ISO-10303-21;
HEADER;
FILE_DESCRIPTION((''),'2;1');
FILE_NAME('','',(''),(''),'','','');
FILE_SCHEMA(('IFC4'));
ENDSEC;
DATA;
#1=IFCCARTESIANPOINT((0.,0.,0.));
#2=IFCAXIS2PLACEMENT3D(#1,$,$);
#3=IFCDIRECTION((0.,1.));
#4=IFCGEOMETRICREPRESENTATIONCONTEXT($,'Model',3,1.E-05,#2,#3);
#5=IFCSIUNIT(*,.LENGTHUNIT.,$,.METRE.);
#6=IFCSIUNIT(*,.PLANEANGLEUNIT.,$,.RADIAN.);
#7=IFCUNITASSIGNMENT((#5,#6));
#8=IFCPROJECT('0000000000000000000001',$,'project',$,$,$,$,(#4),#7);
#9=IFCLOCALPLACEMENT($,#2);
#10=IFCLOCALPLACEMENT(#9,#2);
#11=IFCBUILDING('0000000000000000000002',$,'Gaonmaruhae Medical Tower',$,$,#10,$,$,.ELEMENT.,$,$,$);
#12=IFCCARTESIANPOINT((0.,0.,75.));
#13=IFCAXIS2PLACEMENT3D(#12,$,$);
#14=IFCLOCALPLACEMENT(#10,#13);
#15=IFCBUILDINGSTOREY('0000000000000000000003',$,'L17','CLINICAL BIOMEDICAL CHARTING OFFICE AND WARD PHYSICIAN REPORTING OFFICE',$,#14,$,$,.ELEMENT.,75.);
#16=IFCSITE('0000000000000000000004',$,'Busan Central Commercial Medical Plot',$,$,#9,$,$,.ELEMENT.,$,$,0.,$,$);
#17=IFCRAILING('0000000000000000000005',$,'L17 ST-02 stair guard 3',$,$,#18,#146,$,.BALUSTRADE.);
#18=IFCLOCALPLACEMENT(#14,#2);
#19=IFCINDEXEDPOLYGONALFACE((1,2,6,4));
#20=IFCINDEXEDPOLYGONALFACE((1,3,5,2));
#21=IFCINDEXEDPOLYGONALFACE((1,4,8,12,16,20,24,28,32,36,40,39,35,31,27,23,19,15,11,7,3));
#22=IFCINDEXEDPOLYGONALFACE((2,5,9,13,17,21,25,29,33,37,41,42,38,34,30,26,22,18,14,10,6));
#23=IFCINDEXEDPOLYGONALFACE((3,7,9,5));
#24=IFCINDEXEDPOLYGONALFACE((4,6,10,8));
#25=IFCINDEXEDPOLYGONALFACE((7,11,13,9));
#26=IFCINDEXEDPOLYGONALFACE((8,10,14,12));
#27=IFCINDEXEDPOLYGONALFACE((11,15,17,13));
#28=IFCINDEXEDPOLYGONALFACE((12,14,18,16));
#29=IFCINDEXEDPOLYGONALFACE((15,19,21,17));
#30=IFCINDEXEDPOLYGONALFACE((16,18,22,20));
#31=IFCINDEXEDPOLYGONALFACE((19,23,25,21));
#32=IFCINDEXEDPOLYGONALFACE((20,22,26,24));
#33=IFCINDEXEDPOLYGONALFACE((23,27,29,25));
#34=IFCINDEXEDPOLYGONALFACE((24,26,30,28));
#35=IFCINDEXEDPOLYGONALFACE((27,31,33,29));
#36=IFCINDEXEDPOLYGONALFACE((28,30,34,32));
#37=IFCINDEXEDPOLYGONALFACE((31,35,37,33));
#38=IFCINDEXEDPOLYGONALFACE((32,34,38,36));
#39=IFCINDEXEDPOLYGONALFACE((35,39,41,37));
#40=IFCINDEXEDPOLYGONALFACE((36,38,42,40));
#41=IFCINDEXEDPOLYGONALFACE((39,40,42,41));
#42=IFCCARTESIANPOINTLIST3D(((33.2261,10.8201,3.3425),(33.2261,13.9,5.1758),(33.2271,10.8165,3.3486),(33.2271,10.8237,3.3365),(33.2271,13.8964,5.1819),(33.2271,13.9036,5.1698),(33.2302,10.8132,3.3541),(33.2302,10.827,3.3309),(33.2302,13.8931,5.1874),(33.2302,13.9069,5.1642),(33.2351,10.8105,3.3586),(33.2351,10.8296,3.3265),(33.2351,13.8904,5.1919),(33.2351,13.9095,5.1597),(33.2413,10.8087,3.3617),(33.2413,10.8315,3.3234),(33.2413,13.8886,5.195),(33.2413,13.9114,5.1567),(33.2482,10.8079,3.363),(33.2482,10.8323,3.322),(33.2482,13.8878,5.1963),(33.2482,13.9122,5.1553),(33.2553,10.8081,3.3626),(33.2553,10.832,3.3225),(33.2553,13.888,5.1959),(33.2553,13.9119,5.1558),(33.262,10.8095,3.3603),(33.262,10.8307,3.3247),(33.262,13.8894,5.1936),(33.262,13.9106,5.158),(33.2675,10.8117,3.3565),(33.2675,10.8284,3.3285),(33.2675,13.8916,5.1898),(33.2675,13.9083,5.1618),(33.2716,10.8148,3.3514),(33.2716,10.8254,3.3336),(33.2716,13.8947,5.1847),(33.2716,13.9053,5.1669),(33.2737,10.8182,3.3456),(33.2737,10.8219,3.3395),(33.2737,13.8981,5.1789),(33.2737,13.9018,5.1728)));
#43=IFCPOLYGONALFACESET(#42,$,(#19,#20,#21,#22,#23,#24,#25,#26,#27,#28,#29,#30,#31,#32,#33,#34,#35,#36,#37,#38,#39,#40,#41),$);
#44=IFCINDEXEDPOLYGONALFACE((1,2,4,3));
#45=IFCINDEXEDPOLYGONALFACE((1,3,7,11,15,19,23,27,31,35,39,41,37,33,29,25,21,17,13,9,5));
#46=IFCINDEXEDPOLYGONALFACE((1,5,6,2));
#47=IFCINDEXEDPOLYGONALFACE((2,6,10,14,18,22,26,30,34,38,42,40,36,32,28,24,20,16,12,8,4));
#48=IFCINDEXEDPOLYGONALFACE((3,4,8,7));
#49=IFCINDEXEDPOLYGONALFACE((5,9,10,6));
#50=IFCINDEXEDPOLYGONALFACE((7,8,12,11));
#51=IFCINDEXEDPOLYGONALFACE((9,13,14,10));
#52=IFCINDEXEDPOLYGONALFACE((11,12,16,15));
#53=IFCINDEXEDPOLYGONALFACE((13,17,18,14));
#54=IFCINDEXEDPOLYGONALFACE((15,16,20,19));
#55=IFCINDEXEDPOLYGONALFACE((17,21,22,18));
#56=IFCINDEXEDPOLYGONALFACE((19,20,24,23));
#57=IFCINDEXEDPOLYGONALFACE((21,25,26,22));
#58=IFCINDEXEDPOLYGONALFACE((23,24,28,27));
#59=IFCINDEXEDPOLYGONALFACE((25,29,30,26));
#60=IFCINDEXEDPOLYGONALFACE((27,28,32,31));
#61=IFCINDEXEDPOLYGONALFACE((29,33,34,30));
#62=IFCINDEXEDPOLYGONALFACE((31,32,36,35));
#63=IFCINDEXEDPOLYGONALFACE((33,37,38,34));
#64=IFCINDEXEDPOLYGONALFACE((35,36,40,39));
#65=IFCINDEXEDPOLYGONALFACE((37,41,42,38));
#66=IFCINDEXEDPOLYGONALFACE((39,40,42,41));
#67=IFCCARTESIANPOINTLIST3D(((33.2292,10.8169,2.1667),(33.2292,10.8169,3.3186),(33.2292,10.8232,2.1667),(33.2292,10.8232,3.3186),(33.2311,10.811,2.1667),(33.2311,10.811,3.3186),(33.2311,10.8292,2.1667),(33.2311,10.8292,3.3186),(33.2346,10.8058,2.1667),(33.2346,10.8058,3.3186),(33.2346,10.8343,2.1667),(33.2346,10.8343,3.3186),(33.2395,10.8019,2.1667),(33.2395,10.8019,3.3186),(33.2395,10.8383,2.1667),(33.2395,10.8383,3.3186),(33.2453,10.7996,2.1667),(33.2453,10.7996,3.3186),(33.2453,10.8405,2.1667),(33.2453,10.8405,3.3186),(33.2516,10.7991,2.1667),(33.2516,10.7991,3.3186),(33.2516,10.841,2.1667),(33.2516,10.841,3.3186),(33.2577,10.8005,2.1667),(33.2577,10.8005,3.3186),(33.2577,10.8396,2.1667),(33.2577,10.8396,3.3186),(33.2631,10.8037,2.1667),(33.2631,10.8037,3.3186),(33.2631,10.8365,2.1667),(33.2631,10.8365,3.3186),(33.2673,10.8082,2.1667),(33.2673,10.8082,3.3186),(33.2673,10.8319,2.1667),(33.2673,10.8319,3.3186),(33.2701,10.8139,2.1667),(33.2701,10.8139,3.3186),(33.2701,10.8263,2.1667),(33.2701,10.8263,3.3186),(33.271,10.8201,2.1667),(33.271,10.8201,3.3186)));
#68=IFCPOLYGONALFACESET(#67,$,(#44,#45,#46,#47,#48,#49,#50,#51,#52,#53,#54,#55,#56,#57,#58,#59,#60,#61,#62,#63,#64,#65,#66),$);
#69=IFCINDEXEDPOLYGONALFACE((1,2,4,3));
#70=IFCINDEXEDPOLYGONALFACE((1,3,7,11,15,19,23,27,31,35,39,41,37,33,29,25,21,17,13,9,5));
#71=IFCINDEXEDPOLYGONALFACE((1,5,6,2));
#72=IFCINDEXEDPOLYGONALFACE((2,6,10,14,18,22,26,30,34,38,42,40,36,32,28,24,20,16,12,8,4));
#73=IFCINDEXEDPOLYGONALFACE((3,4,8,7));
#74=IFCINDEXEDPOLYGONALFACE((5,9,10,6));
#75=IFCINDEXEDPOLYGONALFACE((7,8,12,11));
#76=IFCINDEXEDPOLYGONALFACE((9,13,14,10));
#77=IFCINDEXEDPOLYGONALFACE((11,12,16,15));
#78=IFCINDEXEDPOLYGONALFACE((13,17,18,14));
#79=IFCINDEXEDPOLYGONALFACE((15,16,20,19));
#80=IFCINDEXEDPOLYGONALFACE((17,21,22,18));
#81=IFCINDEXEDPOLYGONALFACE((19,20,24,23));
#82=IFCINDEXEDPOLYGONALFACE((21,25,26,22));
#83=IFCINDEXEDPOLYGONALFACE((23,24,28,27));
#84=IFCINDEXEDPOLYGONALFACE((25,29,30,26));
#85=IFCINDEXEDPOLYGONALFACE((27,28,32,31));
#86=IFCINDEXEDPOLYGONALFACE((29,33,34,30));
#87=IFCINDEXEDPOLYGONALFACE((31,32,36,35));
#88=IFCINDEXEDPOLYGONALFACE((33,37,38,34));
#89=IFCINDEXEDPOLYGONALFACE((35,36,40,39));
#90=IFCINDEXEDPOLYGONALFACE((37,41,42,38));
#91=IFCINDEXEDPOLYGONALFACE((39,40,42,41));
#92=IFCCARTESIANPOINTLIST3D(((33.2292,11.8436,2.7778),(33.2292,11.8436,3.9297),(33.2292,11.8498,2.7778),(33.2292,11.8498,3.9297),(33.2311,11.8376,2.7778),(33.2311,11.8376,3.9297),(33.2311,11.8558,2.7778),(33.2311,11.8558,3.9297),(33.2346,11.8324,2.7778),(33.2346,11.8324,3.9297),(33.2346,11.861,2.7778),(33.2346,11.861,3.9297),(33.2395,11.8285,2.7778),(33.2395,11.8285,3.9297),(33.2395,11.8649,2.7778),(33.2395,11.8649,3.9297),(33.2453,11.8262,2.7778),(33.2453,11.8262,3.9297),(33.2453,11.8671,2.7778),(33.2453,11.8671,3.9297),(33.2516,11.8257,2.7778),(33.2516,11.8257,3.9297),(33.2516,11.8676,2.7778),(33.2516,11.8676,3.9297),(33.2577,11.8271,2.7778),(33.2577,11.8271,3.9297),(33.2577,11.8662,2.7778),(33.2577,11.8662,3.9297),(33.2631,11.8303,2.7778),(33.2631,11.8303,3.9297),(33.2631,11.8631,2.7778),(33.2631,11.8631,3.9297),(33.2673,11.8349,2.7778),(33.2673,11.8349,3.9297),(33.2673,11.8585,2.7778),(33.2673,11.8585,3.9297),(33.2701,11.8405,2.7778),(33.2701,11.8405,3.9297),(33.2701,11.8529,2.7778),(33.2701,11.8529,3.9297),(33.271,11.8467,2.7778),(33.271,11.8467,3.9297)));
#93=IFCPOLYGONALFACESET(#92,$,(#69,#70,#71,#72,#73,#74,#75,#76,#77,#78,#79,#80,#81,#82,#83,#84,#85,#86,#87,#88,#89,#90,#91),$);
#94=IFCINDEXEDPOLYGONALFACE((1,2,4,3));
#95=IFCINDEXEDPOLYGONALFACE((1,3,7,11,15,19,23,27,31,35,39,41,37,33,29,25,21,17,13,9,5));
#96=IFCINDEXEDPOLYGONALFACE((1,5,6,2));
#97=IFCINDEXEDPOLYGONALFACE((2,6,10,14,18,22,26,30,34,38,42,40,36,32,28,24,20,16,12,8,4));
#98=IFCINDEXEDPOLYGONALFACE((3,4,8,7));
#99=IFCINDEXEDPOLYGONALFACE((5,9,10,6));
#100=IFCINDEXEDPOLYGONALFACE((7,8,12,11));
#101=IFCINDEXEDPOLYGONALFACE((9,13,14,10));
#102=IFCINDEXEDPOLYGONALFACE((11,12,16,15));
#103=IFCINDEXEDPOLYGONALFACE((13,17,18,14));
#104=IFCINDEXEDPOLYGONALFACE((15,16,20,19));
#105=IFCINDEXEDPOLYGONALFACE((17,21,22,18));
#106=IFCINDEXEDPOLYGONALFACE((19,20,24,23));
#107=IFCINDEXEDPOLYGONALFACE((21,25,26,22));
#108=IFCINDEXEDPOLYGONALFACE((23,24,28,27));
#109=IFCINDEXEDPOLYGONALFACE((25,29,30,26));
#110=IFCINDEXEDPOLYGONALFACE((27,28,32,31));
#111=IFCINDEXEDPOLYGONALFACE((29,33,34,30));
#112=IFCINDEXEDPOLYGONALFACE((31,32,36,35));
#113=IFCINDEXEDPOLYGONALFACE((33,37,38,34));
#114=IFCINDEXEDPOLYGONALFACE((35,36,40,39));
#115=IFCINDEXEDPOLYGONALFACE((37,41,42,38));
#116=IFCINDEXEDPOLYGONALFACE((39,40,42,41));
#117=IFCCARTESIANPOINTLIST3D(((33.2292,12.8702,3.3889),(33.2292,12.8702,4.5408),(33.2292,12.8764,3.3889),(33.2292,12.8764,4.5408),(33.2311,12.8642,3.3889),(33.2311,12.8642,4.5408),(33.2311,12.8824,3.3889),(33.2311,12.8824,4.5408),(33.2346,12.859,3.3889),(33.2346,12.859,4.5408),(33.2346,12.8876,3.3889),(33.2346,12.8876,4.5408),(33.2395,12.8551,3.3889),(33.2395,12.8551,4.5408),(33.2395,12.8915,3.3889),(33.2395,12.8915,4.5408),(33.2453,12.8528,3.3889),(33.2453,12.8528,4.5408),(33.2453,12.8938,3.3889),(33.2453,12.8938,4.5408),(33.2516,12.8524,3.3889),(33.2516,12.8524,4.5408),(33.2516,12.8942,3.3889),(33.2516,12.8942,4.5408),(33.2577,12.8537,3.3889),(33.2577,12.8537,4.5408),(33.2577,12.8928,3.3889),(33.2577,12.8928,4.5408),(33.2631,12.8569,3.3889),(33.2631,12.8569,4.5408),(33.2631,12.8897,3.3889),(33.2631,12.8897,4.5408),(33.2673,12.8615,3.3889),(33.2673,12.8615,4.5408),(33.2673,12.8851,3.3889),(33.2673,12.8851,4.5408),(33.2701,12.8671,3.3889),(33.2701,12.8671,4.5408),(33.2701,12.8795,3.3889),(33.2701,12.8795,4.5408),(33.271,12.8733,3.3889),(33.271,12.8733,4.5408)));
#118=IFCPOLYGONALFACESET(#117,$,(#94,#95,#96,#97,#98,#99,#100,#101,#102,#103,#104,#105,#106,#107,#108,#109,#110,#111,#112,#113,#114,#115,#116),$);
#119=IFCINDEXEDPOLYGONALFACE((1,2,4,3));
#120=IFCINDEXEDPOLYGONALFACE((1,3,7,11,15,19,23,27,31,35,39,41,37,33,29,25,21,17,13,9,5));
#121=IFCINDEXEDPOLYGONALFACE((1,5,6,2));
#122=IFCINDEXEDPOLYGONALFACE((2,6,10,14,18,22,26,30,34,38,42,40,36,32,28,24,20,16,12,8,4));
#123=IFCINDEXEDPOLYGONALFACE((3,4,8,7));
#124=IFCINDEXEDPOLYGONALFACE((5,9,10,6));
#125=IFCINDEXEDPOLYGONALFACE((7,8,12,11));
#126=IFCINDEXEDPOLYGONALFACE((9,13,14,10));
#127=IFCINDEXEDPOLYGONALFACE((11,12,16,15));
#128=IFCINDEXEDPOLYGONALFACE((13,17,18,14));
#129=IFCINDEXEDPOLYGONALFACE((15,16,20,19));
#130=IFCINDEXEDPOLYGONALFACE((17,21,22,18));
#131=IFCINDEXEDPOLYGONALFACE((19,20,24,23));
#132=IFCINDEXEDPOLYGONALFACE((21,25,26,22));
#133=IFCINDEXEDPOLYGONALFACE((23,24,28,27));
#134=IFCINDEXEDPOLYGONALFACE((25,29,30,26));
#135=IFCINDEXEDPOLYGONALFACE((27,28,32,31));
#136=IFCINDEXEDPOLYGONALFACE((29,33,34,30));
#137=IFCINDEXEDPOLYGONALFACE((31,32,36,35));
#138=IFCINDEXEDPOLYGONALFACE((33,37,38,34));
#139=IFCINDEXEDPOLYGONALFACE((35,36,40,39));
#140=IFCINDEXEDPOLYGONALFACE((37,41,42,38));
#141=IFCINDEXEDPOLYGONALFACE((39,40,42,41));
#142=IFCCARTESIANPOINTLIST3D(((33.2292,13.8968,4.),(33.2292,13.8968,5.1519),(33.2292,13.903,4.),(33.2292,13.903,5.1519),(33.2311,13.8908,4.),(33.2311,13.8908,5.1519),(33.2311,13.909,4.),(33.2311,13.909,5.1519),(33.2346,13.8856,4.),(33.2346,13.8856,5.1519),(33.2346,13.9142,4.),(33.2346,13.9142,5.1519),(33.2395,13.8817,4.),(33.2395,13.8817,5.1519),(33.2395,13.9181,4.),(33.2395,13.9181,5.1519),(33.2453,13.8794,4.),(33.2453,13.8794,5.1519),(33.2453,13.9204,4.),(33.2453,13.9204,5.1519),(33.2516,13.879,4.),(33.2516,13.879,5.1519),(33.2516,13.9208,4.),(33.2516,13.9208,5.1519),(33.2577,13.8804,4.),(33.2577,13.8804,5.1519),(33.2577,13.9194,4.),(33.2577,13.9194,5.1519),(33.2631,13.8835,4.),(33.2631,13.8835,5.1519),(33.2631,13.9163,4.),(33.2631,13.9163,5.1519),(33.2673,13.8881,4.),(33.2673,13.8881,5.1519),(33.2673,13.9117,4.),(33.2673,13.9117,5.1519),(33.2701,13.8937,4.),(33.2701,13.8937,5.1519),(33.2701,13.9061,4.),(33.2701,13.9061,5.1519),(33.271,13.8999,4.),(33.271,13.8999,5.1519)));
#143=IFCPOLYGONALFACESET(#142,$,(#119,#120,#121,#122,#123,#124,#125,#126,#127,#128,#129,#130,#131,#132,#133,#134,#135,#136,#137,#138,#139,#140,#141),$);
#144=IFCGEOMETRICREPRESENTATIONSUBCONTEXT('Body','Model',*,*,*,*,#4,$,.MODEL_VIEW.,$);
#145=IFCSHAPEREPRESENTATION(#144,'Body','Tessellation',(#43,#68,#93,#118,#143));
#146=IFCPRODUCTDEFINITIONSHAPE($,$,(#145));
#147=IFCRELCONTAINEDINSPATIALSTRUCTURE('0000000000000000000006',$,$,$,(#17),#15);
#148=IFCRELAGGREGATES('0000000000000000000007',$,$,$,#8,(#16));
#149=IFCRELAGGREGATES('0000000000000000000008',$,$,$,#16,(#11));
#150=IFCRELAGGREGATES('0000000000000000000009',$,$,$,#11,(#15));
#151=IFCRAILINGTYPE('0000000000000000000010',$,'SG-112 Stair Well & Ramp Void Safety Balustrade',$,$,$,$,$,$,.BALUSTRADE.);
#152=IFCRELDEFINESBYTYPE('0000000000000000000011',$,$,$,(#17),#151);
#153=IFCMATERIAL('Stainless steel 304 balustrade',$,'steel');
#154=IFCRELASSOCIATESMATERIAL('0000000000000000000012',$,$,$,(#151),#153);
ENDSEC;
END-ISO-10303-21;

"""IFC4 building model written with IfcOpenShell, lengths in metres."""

from ifc_helpers import new_model, si_unit, direction, frame, origin, origin_2d, place, context, subcontext, project, spatial, circle, extrude, material, type_object, element, save


model = new_model("IFC4")

# Units and contexts
model_context = context("Model", 3, precision=1e-05, world=origin(), true_north=direction((0.0, 1.0)))
body_context = subcontext(model_context, "Body", "Model", "MODEL_VIEW")
ifc_project = project(units=[si_unit("LENGTHUNIT", "METRE"), si_unit("PLANEANGLEUNIT", "RADIAN")], contexts=[model_context])

# Site, building, storey
site_placement = place(None, origin())
site = spatial("IfcSite", under=ifc_project, at=site_placement, Name="Busan Central Commercial Medical Plot", CompositionType="ELEMENT", RefElevation=0.0)
building_placement = place(site_placement, origin())
building = spatial("IfcBuilding", under=site, at=building_placement, Name="Gaonmaruhae Medical Tower", CompositionType="ELEMENT")
storey_placement = place(building_placement, frame((0.0, 0.0, 75.0)))
storey = spatial("IfcBuildingStorey", under=building, at=storey_placement, Name="L17", Description="CLINICAL BIOMEDICAL CHARTING OFFICE AND WARD PHYSICIAN REPORTING OFFICE", CompositionType="ELEMENT", Elevation=75.0)

# Railing
ifc_material_1 = material(Name="Stainless steel 304 balustrade", Category="steel")
railing_type_1 = type_object("IfcRailingType", Name="SG-112 Stair Well & Ramp Void Safety Balustrade", PredefinedType="BALUSTRADE", material=ifc_material_1)
railing_1_placement = place(storey_placement, frame((33.25, 10.8201, 2.1667)))
element("IfcRailing", 1, at=railing_1_placement, inside=storey, type_object=railing_type_1, Name="L17 ST-02 stair guard 3", PredefinedType="BALUSTRADE", context=body_context, shape_type="SweptSolid", body=[
    extrude(circle(Radius=0.0239, at=origin_2d()), frame((0.0, 0.0, 1.1758), z_axis=(0.0, 0.859291, 0.511487), x_axis=(-1.0, 0.0, 0.0)), (0.0, 0.0, 1.0), 3.5842),
    extrude(circle(Radius=0.021, at=origin_2d()), origin(), (0.0, 0.0, 1.0), 1.1519),
    extrude(circle(Radius=0.021, at=origin_2d()), frame((0.0, 1.0266, 0.6111)), (0.0, 0.0, 1.0), 1.1519),
    extrude(circle(Radius=0.021, at=origin_2d()), frame((0.0, 2.0532, 1.2222)), (0.0, 0.0, 1.0), 1.1519),
    extrude(circle(Radius=0.021, at=origin_2d()), frame((0.0, 3.0798, 1.8333)), (0.0, 0.0, 1.0), 1.1519),
])

save(model, "model.ifc")
